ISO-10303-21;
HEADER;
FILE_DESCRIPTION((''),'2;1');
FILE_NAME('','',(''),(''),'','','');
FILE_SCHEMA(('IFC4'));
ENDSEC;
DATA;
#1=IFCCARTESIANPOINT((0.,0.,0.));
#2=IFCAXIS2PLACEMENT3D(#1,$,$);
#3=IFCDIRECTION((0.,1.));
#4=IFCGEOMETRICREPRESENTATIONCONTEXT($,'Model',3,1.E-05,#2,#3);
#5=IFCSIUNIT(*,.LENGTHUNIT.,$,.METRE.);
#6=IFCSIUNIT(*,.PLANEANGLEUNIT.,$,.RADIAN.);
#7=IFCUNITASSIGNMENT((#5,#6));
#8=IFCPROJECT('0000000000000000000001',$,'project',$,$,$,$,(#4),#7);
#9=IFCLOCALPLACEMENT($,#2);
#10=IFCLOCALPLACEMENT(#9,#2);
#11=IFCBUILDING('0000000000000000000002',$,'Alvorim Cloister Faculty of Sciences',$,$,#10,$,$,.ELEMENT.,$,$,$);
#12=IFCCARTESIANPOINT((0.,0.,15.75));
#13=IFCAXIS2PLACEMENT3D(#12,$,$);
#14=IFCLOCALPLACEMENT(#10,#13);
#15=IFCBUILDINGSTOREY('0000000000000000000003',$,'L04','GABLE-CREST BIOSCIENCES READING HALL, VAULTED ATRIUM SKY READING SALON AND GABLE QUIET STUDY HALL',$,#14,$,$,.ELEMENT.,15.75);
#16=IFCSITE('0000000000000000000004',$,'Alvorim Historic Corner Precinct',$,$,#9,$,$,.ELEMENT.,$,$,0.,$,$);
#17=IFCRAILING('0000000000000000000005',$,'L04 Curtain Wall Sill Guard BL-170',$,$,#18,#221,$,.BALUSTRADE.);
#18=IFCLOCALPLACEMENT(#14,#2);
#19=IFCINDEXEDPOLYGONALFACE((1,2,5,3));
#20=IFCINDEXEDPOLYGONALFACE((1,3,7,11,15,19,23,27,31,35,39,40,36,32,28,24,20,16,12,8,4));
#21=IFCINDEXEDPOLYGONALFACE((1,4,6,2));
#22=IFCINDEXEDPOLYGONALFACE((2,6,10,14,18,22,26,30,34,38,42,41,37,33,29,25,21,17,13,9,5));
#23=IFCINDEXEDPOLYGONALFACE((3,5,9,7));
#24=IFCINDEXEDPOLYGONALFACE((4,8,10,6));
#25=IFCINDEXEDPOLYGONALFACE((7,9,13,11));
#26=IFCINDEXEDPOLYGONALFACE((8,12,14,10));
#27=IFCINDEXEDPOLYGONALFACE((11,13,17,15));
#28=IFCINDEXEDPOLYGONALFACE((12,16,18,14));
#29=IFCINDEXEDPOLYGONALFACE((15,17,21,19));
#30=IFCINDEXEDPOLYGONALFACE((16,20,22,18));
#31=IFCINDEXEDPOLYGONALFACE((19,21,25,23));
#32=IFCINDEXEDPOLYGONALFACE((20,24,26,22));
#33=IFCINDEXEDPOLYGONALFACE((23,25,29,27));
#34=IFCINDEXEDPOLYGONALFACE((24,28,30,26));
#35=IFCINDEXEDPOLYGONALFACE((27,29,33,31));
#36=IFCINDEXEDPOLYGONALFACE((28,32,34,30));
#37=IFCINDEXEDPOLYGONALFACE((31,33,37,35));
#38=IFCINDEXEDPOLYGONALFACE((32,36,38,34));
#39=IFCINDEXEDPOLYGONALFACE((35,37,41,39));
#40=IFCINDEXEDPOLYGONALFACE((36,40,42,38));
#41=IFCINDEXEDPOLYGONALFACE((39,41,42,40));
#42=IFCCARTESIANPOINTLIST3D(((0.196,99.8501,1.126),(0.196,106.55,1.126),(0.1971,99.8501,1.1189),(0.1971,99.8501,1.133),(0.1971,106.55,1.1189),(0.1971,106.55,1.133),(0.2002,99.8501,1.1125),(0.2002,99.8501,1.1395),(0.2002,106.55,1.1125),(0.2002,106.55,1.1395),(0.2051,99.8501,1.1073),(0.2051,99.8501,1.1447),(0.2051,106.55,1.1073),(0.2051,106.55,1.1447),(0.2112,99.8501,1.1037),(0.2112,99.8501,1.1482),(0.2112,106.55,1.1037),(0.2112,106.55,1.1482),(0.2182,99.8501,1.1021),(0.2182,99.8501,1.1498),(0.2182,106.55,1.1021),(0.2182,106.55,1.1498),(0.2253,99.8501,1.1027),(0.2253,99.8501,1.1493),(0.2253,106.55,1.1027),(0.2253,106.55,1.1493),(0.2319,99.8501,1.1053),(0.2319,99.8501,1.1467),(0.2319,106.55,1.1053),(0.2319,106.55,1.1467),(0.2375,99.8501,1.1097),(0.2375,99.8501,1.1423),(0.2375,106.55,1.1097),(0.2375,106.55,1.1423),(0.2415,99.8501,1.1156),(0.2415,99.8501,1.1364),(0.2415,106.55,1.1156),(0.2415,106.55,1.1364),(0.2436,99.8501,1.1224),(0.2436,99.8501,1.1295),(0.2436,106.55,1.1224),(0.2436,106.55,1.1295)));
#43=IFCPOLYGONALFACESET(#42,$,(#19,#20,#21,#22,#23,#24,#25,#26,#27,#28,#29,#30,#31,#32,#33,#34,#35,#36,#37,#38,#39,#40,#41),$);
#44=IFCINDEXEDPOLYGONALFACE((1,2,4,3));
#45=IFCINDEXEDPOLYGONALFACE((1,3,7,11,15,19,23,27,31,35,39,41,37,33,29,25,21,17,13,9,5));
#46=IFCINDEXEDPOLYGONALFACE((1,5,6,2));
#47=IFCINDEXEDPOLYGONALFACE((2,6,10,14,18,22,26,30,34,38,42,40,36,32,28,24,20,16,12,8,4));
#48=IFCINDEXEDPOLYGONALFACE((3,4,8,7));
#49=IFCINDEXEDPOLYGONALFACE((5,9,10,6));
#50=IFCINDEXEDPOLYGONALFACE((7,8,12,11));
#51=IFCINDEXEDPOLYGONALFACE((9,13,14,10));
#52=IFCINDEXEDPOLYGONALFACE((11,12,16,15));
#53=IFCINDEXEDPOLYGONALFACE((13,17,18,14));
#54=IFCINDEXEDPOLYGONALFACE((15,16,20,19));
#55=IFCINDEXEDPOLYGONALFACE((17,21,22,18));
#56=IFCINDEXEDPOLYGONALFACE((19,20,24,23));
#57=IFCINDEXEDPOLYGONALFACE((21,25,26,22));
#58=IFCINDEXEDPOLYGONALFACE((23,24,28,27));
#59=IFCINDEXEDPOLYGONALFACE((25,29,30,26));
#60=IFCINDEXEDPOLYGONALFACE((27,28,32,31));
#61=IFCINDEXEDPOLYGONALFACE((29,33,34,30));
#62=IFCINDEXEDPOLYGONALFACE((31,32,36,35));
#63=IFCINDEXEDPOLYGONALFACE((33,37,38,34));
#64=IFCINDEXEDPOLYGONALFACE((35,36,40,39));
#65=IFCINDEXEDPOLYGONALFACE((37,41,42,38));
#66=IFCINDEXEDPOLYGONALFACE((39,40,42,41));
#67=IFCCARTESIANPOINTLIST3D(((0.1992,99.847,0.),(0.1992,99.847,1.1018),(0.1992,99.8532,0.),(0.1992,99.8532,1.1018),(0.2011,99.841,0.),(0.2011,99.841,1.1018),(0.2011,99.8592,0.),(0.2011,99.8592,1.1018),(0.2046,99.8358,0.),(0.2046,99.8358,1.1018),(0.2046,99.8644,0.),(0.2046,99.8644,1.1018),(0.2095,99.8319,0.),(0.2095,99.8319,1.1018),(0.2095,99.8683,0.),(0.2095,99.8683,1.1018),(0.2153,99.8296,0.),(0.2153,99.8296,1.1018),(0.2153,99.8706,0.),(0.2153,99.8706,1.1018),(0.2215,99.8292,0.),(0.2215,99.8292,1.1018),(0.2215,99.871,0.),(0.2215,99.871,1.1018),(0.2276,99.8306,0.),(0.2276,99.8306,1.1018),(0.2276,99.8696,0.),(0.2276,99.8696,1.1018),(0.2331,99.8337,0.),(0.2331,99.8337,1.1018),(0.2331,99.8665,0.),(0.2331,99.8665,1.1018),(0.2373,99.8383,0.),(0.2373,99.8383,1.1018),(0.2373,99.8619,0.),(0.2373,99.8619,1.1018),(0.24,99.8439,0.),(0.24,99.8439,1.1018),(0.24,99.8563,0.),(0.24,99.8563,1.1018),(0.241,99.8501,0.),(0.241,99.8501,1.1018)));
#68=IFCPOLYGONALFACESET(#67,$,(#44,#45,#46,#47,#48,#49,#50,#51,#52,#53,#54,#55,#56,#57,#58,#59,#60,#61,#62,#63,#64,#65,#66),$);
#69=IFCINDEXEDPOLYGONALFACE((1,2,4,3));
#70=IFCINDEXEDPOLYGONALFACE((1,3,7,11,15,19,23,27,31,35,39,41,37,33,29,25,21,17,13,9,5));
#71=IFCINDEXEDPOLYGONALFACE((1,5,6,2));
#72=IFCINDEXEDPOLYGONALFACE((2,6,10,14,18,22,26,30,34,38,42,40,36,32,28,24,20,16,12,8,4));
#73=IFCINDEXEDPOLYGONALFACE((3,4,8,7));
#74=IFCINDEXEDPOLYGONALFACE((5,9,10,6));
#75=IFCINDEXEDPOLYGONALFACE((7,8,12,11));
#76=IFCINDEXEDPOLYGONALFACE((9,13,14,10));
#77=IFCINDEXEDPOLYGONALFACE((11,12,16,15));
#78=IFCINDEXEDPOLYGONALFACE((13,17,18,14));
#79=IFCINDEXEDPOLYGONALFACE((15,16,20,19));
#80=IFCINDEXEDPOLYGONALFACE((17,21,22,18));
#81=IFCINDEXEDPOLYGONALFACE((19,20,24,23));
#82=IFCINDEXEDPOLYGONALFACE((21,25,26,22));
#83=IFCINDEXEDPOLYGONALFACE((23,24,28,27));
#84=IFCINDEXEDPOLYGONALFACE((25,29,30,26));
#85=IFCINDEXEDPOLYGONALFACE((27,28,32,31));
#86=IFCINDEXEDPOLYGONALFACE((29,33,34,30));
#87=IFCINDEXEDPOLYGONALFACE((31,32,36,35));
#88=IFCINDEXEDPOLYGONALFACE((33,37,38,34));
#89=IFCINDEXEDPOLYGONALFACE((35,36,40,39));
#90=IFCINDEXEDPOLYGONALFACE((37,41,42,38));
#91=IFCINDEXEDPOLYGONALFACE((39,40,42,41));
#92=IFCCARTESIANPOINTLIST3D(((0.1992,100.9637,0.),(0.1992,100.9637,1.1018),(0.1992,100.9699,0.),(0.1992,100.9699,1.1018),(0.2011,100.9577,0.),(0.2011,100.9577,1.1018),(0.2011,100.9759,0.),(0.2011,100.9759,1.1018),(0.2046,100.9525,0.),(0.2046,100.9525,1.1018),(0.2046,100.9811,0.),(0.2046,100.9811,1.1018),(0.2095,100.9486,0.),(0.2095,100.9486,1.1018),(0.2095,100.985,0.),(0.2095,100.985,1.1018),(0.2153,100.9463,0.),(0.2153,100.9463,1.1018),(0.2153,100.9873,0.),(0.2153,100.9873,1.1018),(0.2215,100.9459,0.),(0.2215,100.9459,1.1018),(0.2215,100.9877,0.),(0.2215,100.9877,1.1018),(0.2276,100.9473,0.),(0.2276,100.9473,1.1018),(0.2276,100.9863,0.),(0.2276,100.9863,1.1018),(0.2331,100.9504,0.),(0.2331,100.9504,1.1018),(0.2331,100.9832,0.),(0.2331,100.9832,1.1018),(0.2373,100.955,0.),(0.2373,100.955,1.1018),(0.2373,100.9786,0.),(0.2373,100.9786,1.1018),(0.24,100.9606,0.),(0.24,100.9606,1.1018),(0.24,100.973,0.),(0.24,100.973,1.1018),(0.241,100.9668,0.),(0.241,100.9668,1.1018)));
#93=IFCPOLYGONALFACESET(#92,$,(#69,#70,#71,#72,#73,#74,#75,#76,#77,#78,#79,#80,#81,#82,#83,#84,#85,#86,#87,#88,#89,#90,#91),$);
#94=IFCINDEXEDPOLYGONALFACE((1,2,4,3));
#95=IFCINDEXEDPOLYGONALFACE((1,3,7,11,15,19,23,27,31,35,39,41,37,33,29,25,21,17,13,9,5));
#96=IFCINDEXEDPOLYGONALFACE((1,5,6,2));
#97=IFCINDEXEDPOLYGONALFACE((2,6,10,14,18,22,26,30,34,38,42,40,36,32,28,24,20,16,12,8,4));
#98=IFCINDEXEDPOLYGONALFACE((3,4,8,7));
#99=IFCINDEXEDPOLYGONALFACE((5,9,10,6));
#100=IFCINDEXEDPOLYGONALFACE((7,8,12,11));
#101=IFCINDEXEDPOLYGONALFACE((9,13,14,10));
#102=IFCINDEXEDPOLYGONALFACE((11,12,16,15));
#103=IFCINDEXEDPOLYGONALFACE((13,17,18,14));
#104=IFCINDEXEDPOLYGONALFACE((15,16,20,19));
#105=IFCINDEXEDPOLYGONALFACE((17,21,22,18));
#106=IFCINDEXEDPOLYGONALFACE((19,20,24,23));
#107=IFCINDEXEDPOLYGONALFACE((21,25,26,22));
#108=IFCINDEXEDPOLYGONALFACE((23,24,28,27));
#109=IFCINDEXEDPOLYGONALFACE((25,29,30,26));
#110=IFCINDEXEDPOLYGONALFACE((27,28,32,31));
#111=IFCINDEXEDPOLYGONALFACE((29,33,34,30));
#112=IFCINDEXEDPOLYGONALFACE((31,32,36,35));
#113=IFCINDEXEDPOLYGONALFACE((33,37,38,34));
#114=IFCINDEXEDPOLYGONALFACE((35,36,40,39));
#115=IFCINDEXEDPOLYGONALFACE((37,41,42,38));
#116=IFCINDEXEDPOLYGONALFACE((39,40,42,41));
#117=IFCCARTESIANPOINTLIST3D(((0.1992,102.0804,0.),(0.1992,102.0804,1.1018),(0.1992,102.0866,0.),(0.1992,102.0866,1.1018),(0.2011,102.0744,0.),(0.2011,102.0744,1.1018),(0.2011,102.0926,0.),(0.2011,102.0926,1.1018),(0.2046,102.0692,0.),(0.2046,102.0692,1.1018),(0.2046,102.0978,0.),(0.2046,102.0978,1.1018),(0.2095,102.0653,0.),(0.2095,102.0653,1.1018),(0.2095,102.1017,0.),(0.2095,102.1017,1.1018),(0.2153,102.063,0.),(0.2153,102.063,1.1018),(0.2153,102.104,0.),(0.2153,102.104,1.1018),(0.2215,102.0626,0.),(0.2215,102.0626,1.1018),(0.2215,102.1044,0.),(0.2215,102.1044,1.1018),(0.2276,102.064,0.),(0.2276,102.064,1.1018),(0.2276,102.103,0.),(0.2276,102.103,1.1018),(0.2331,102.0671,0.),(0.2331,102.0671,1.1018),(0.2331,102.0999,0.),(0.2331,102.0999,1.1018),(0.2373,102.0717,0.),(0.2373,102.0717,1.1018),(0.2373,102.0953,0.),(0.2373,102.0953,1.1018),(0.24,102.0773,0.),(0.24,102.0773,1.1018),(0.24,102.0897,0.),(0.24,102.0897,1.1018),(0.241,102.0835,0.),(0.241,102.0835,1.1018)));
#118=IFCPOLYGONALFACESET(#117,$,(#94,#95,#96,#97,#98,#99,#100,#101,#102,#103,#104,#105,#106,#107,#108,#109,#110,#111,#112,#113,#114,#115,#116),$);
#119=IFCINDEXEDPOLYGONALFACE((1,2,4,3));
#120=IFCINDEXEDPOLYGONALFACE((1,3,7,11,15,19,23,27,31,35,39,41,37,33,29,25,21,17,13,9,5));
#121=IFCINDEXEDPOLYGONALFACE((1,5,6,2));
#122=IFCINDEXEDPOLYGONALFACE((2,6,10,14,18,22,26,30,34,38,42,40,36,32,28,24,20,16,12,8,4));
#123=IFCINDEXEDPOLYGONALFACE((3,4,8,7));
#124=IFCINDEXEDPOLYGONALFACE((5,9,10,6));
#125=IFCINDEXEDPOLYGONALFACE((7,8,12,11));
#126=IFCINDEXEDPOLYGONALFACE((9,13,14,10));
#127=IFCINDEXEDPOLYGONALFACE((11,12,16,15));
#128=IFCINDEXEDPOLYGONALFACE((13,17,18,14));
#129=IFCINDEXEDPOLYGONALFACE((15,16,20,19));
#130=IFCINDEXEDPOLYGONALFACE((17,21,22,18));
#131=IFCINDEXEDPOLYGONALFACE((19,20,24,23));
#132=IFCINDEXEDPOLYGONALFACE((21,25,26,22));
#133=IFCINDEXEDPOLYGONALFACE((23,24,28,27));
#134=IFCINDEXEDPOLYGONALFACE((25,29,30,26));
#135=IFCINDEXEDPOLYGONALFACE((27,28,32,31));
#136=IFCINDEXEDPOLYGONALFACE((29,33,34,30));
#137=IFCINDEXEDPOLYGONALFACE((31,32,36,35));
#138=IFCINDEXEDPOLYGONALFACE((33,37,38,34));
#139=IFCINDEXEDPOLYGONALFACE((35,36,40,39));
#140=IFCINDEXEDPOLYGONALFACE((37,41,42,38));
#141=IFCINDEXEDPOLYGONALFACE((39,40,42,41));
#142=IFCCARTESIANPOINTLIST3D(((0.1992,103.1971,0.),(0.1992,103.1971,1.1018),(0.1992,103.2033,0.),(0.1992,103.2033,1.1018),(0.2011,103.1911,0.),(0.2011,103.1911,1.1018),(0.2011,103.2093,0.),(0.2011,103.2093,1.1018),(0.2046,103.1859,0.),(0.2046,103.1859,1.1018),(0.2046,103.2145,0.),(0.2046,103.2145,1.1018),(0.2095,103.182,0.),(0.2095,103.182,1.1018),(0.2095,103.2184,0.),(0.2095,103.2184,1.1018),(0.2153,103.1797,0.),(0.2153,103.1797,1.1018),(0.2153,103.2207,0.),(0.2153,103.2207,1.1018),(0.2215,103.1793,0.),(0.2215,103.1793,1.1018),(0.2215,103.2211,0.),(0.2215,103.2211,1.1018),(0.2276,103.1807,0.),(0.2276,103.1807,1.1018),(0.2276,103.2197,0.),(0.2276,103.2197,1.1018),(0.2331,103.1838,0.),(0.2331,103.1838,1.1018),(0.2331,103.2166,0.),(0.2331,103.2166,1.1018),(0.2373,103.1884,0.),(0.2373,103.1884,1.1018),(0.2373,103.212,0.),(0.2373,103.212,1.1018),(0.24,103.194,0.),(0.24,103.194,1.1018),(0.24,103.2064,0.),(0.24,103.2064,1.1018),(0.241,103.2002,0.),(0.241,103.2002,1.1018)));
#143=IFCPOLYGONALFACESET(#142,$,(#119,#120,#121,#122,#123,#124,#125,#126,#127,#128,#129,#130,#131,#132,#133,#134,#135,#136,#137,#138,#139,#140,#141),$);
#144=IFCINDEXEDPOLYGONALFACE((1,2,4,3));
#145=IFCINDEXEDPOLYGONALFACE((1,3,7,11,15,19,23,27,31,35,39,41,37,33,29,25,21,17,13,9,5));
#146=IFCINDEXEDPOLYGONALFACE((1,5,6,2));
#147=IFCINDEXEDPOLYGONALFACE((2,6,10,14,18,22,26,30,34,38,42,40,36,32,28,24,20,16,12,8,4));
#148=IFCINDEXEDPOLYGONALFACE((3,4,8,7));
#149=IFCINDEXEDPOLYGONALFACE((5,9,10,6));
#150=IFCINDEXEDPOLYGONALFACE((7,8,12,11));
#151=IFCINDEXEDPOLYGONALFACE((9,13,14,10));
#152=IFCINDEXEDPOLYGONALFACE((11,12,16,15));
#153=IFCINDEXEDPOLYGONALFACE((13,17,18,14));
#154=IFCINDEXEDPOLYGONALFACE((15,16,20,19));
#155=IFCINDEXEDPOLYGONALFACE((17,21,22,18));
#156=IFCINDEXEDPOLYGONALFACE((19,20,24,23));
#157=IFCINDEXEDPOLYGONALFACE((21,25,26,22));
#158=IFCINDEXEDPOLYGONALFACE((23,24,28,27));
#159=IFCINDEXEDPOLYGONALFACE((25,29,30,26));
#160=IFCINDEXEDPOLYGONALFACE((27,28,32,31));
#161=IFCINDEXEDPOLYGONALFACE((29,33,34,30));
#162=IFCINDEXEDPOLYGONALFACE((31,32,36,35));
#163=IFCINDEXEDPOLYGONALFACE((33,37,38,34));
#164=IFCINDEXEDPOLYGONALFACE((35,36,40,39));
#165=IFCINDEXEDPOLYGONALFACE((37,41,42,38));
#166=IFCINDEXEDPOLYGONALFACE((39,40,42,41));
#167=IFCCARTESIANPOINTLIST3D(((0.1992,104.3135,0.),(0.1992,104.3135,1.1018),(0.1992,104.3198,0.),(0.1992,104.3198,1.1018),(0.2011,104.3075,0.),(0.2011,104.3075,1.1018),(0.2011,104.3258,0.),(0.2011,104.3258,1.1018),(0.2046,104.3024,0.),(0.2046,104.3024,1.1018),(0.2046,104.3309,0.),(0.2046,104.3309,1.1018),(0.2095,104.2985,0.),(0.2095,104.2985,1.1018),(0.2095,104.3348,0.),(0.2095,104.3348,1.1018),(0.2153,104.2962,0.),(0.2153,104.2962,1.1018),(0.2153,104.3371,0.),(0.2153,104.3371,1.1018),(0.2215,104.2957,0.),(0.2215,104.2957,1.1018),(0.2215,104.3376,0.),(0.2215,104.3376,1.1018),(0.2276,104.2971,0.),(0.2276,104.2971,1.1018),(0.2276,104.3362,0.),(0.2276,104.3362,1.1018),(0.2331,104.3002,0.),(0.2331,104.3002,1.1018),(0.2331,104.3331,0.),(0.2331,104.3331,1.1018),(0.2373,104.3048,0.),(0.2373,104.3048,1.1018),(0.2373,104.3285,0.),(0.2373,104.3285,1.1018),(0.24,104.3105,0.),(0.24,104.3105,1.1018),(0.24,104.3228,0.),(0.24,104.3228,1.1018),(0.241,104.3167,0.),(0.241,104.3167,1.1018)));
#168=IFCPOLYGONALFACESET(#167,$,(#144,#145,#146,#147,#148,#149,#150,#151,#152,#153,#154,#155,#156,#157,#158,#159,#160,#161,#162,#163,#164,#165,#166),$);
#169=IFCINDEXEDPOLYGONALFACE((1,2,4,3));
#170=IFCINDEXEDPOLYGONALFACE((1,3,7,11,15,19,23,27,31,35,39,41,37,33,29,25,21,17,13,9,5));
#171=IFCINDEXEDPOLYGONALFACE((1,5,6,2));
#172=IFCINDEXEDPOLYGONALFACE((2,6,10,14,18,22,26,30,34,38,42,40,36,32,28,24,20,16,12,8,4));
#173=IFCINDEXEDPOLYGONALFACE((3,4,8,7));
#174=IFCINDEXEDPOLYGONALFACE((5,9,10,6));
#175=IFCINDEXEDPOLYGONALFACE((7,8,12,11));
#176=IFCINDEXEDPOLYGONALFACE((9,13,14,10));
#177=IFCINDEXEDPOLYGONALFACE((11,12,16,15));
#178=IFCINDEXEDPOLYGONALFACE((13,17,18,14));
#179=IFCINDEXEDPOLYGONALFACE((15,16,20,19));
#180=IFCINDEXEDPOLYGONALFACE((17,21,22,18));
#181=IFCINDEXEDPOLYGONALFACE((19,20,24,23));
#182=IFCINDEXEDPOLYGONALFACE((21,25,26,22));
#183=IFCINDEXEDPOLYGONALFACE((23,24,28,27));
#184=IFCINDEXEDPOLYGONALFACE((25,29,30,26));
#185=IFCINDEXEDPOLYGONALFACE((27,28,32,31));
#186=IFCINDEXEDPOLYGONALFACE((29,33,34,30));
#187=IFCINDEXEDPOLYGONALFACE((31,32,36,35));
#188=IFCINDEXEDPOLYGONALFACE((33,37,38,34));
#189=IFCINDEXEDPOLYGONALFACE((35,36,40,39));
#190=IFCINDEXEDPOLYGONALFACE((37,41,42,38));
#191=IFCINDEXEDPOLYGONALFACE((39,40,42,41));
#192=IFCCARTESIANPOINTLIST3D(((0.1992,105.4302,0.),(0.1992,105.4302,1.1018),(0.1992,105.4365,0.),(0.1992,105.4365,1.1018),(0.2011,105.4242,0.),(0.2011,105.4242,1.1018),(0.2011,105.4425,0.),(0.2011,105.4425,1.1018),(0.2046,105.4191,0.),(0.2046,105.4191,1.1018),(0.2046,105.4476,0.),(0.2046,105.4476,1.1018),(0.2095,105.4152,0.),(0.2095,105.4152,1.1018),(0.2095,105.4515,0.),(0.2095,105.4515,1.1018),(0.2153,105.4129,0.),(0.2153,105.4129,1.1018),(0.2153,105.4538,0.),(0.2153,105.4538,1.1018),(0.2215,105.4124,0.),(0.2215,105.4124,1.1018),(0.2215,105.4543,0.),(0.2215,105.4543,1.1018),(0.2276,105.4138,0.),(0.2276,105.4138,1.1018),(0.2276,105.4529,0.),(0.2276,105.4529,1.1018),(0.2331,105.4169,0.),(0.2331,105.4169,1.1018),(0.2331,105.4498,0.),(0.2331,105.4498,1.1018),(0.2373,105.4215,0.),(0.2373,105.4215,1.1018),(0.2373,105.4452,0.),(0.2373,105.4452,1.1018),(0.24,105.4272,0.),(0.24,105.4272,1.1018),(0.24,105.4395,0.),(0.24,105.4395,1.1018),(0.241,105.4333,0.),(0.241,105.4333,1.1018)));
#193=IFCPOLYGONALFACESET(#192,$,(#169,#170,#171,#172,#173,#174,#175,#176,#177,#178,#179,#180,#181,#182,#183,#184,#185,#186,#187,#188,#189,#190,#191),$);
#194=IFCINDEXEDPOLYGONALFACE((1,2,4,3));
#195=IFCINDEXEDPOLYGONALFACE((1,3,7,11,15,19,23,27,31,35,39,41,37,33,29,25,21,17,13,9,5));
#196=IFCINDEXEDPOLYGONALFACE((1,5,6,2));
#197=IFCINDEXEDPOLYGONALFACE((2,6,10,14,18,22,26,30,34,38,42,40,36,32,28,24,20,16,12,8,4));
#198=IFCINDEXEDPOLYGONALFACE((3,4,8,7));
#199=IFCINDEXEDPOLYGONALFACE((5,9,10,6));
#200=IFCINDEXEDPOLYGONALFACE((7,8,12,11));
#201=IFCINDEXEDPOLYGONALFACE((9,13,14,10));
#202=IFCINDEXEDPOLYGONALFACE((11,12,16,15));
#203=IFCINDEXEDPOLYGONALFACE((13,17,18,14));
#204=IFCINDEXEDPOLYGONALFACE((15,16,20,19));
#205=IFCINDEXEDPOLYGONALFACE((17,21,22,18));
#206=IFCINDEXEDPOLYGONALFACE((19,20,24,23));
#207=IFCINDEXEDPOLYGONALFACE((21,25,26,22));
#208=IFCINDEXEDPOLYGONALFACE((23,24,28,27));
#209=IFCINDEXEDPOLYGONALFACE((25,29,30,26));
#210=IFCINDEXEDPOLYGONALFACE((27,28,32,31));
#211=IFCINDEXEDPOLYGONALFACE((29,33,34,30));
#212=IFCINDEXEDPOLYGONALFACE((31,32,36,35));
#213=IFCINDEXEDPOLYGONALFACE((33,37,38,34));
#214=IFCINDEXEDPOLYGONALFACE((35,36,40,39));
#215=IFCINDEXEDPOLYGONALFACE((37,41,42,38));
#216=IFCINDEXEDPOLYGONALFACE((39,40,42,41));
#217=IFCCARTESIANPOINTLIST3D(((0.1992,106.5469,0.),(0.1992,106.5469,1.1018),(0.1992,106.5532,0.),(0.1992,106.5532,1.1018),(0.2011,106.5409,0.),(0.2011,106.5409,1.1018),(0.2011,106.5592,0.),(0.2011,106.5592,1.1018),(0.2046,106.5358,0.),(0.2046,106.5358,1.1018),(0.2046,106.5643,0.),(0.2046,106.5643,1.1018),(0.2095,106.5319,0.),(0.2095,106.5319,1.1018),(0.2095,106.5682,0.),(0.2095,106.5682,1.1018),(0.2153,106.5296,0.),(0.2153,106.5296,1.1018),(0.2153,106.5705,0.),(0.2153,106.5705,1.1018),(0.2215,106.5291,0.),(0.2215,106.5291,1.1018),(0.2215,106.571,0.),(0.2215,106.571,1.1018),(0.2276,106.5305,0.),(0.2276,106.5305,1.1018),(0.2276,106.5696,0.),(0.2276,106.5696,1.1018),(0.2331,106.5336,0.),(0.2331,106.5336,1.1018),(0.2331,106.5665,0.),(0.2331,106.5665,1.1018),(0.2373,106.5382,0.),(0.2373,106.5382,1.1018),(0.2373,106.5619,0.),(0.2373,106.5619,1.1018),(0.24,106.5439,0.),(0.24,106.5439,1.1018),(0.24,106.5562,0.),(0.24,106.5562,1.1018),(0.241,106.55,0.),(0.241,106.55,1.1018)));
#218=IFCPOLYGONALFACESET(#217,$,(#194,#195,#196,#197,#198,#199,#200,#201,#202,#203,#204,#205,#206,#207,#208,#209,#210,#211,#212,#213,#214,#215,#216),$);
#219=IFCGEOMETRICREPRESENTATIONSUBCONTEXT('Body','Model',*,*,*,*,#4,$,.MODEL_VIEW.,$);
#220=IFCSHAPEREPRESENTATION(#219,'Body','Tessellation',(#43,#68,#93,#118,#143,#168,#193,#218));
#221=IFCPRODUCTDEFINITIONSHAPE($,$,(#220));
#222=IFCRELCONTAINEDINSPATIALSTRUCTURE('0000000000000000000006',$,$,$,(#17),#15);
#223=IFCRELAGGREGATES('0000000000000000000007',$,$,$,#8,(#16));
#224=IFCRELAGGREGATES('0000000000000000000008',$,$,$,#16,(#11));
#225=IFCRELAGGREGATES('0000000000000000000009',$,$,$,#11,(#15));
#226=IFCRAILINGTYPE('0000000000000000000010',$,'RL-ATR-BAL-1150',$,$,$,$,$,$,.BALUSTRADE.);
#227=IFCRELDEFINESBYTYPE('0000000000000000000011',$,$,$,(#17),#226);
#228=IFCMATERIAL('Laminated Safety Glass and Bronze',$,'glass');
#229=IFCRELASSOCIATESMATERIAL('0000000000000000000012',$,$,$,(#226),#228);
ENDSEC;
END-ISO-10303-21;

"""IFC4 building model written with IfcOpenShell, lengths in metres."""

from ifc_helpers import new_model, si_unit, direction, frame, origin, origin_2d, place, context, subcontext, project, spatial, circle, extrude, material, type_object, element, save


model = new_model("IFC4")

# Units and contexts
model_context = context("Model", 3, precision=1e-05, world=origin(), true_north=direction((0.0, 1.0)))
body_context = subcontext(model_context, "Body", "Model", "MODEL_VIEW")
ifc_project = project(units=[si_unit("LENGTHUNIT", "METRE"), si_unit("PLANEANGLEUNIT", "RADIAN")], contexts=[model_context])

# Site, building, storey
site_placement = place(None, origin())
site = spatial("IfcSite", under=ifc_project, at=site_placement, Name="Alvorim Historic Corner Precinct", CompositionType="ELEMENT", RefElevation=0.0)
building_placement = place(site_placement, origin())
building = spatial("IfcBuilding", under=site, at=building_placement, Name="Alvorim Cloister Faculty of Sciences", CompositionType="ELEMENT")
storey_placement = place(building_placement, frame((0.0, 0.0, 15.75)))
storey = spatial("IfcBuildingStorey", under=building, at=storey_placement, Name="L04", Description="GABLE-CREST BIOSCIENCES READING HALL, VAULTED ATRIUM SKY READING SALON AND GABLE QUIET STUDY HALL", CompositionType="ELEMENT", Elevation=15.75)

# Railing
ifc_material_1 = material(Name="Laminated Safety Glass and Bronze", Category="glass")
railing_type = type_object("IfcRailingType", Name="RL-ATR-BAL-1150", PredefinedType="BALUSTRADE", material=ifc_material_1)
railing_placement = place(storey_placement, frame((0.22, 99.8501, 0.0)))
element("IfcRailing", 1, at=railing_placement, inside=storey, type_object=railing_type, Name="L04 Curtain Wall Sill Guard BL-170", PredefinedType="BALUSTRADE", context=body_context, shape_type="SweptSolid", body=[
    extrude(circle(Radius=0.0239, at=origin_2d()), frame((0.0, 0.0, 1.126), z_axis=(0.0, 1.0, 0.0), x_axis=(-1.0, 0.0, 0.0)), (0.0, 0.0, 1.0), 6.7),
    extrude(circle(Radius=0.021, at=origin_2d()), origin(), (0.0, 0.0, 1.0), 1.1018),
    extrude(circle(Radius=0.021, at=origin_2d()), frame((0.0, 1.1167, 0.0)), (0.0, 0.0, 1.0), 1.1018),
    extrude(circle(Radius=0.021, at=origin_2d()), frame((0.0, 2.2334, 0.0)), (0.0, 0.0, 1.0), 1.1018),
    extrude(circle(Radius=0.021, at=origin_2d()), frame((0.0, 3.3501, 0.0)), (0.0, 0.0, 1.0), 1.1018),
    extrude(circle(Radius=0.021, at=origin_2d()), frame((0.0, 4.4666, 0.0)), (0.0, 0.0, 1.0), 1.1018),
    extrude(circle(Radius=0.021, at=origin_2d()), frame((0.0, 5.5833, 0.0)), (0.0, 0.0, 1.0), 1.1018),
    extrude(circle(Radius=0.021, at=origin_2d()), frame((0.0, 6.7, 0.0)), (0.0, 0.0, 1.0), 1.1018),
])

save(model, "model.ifc")
